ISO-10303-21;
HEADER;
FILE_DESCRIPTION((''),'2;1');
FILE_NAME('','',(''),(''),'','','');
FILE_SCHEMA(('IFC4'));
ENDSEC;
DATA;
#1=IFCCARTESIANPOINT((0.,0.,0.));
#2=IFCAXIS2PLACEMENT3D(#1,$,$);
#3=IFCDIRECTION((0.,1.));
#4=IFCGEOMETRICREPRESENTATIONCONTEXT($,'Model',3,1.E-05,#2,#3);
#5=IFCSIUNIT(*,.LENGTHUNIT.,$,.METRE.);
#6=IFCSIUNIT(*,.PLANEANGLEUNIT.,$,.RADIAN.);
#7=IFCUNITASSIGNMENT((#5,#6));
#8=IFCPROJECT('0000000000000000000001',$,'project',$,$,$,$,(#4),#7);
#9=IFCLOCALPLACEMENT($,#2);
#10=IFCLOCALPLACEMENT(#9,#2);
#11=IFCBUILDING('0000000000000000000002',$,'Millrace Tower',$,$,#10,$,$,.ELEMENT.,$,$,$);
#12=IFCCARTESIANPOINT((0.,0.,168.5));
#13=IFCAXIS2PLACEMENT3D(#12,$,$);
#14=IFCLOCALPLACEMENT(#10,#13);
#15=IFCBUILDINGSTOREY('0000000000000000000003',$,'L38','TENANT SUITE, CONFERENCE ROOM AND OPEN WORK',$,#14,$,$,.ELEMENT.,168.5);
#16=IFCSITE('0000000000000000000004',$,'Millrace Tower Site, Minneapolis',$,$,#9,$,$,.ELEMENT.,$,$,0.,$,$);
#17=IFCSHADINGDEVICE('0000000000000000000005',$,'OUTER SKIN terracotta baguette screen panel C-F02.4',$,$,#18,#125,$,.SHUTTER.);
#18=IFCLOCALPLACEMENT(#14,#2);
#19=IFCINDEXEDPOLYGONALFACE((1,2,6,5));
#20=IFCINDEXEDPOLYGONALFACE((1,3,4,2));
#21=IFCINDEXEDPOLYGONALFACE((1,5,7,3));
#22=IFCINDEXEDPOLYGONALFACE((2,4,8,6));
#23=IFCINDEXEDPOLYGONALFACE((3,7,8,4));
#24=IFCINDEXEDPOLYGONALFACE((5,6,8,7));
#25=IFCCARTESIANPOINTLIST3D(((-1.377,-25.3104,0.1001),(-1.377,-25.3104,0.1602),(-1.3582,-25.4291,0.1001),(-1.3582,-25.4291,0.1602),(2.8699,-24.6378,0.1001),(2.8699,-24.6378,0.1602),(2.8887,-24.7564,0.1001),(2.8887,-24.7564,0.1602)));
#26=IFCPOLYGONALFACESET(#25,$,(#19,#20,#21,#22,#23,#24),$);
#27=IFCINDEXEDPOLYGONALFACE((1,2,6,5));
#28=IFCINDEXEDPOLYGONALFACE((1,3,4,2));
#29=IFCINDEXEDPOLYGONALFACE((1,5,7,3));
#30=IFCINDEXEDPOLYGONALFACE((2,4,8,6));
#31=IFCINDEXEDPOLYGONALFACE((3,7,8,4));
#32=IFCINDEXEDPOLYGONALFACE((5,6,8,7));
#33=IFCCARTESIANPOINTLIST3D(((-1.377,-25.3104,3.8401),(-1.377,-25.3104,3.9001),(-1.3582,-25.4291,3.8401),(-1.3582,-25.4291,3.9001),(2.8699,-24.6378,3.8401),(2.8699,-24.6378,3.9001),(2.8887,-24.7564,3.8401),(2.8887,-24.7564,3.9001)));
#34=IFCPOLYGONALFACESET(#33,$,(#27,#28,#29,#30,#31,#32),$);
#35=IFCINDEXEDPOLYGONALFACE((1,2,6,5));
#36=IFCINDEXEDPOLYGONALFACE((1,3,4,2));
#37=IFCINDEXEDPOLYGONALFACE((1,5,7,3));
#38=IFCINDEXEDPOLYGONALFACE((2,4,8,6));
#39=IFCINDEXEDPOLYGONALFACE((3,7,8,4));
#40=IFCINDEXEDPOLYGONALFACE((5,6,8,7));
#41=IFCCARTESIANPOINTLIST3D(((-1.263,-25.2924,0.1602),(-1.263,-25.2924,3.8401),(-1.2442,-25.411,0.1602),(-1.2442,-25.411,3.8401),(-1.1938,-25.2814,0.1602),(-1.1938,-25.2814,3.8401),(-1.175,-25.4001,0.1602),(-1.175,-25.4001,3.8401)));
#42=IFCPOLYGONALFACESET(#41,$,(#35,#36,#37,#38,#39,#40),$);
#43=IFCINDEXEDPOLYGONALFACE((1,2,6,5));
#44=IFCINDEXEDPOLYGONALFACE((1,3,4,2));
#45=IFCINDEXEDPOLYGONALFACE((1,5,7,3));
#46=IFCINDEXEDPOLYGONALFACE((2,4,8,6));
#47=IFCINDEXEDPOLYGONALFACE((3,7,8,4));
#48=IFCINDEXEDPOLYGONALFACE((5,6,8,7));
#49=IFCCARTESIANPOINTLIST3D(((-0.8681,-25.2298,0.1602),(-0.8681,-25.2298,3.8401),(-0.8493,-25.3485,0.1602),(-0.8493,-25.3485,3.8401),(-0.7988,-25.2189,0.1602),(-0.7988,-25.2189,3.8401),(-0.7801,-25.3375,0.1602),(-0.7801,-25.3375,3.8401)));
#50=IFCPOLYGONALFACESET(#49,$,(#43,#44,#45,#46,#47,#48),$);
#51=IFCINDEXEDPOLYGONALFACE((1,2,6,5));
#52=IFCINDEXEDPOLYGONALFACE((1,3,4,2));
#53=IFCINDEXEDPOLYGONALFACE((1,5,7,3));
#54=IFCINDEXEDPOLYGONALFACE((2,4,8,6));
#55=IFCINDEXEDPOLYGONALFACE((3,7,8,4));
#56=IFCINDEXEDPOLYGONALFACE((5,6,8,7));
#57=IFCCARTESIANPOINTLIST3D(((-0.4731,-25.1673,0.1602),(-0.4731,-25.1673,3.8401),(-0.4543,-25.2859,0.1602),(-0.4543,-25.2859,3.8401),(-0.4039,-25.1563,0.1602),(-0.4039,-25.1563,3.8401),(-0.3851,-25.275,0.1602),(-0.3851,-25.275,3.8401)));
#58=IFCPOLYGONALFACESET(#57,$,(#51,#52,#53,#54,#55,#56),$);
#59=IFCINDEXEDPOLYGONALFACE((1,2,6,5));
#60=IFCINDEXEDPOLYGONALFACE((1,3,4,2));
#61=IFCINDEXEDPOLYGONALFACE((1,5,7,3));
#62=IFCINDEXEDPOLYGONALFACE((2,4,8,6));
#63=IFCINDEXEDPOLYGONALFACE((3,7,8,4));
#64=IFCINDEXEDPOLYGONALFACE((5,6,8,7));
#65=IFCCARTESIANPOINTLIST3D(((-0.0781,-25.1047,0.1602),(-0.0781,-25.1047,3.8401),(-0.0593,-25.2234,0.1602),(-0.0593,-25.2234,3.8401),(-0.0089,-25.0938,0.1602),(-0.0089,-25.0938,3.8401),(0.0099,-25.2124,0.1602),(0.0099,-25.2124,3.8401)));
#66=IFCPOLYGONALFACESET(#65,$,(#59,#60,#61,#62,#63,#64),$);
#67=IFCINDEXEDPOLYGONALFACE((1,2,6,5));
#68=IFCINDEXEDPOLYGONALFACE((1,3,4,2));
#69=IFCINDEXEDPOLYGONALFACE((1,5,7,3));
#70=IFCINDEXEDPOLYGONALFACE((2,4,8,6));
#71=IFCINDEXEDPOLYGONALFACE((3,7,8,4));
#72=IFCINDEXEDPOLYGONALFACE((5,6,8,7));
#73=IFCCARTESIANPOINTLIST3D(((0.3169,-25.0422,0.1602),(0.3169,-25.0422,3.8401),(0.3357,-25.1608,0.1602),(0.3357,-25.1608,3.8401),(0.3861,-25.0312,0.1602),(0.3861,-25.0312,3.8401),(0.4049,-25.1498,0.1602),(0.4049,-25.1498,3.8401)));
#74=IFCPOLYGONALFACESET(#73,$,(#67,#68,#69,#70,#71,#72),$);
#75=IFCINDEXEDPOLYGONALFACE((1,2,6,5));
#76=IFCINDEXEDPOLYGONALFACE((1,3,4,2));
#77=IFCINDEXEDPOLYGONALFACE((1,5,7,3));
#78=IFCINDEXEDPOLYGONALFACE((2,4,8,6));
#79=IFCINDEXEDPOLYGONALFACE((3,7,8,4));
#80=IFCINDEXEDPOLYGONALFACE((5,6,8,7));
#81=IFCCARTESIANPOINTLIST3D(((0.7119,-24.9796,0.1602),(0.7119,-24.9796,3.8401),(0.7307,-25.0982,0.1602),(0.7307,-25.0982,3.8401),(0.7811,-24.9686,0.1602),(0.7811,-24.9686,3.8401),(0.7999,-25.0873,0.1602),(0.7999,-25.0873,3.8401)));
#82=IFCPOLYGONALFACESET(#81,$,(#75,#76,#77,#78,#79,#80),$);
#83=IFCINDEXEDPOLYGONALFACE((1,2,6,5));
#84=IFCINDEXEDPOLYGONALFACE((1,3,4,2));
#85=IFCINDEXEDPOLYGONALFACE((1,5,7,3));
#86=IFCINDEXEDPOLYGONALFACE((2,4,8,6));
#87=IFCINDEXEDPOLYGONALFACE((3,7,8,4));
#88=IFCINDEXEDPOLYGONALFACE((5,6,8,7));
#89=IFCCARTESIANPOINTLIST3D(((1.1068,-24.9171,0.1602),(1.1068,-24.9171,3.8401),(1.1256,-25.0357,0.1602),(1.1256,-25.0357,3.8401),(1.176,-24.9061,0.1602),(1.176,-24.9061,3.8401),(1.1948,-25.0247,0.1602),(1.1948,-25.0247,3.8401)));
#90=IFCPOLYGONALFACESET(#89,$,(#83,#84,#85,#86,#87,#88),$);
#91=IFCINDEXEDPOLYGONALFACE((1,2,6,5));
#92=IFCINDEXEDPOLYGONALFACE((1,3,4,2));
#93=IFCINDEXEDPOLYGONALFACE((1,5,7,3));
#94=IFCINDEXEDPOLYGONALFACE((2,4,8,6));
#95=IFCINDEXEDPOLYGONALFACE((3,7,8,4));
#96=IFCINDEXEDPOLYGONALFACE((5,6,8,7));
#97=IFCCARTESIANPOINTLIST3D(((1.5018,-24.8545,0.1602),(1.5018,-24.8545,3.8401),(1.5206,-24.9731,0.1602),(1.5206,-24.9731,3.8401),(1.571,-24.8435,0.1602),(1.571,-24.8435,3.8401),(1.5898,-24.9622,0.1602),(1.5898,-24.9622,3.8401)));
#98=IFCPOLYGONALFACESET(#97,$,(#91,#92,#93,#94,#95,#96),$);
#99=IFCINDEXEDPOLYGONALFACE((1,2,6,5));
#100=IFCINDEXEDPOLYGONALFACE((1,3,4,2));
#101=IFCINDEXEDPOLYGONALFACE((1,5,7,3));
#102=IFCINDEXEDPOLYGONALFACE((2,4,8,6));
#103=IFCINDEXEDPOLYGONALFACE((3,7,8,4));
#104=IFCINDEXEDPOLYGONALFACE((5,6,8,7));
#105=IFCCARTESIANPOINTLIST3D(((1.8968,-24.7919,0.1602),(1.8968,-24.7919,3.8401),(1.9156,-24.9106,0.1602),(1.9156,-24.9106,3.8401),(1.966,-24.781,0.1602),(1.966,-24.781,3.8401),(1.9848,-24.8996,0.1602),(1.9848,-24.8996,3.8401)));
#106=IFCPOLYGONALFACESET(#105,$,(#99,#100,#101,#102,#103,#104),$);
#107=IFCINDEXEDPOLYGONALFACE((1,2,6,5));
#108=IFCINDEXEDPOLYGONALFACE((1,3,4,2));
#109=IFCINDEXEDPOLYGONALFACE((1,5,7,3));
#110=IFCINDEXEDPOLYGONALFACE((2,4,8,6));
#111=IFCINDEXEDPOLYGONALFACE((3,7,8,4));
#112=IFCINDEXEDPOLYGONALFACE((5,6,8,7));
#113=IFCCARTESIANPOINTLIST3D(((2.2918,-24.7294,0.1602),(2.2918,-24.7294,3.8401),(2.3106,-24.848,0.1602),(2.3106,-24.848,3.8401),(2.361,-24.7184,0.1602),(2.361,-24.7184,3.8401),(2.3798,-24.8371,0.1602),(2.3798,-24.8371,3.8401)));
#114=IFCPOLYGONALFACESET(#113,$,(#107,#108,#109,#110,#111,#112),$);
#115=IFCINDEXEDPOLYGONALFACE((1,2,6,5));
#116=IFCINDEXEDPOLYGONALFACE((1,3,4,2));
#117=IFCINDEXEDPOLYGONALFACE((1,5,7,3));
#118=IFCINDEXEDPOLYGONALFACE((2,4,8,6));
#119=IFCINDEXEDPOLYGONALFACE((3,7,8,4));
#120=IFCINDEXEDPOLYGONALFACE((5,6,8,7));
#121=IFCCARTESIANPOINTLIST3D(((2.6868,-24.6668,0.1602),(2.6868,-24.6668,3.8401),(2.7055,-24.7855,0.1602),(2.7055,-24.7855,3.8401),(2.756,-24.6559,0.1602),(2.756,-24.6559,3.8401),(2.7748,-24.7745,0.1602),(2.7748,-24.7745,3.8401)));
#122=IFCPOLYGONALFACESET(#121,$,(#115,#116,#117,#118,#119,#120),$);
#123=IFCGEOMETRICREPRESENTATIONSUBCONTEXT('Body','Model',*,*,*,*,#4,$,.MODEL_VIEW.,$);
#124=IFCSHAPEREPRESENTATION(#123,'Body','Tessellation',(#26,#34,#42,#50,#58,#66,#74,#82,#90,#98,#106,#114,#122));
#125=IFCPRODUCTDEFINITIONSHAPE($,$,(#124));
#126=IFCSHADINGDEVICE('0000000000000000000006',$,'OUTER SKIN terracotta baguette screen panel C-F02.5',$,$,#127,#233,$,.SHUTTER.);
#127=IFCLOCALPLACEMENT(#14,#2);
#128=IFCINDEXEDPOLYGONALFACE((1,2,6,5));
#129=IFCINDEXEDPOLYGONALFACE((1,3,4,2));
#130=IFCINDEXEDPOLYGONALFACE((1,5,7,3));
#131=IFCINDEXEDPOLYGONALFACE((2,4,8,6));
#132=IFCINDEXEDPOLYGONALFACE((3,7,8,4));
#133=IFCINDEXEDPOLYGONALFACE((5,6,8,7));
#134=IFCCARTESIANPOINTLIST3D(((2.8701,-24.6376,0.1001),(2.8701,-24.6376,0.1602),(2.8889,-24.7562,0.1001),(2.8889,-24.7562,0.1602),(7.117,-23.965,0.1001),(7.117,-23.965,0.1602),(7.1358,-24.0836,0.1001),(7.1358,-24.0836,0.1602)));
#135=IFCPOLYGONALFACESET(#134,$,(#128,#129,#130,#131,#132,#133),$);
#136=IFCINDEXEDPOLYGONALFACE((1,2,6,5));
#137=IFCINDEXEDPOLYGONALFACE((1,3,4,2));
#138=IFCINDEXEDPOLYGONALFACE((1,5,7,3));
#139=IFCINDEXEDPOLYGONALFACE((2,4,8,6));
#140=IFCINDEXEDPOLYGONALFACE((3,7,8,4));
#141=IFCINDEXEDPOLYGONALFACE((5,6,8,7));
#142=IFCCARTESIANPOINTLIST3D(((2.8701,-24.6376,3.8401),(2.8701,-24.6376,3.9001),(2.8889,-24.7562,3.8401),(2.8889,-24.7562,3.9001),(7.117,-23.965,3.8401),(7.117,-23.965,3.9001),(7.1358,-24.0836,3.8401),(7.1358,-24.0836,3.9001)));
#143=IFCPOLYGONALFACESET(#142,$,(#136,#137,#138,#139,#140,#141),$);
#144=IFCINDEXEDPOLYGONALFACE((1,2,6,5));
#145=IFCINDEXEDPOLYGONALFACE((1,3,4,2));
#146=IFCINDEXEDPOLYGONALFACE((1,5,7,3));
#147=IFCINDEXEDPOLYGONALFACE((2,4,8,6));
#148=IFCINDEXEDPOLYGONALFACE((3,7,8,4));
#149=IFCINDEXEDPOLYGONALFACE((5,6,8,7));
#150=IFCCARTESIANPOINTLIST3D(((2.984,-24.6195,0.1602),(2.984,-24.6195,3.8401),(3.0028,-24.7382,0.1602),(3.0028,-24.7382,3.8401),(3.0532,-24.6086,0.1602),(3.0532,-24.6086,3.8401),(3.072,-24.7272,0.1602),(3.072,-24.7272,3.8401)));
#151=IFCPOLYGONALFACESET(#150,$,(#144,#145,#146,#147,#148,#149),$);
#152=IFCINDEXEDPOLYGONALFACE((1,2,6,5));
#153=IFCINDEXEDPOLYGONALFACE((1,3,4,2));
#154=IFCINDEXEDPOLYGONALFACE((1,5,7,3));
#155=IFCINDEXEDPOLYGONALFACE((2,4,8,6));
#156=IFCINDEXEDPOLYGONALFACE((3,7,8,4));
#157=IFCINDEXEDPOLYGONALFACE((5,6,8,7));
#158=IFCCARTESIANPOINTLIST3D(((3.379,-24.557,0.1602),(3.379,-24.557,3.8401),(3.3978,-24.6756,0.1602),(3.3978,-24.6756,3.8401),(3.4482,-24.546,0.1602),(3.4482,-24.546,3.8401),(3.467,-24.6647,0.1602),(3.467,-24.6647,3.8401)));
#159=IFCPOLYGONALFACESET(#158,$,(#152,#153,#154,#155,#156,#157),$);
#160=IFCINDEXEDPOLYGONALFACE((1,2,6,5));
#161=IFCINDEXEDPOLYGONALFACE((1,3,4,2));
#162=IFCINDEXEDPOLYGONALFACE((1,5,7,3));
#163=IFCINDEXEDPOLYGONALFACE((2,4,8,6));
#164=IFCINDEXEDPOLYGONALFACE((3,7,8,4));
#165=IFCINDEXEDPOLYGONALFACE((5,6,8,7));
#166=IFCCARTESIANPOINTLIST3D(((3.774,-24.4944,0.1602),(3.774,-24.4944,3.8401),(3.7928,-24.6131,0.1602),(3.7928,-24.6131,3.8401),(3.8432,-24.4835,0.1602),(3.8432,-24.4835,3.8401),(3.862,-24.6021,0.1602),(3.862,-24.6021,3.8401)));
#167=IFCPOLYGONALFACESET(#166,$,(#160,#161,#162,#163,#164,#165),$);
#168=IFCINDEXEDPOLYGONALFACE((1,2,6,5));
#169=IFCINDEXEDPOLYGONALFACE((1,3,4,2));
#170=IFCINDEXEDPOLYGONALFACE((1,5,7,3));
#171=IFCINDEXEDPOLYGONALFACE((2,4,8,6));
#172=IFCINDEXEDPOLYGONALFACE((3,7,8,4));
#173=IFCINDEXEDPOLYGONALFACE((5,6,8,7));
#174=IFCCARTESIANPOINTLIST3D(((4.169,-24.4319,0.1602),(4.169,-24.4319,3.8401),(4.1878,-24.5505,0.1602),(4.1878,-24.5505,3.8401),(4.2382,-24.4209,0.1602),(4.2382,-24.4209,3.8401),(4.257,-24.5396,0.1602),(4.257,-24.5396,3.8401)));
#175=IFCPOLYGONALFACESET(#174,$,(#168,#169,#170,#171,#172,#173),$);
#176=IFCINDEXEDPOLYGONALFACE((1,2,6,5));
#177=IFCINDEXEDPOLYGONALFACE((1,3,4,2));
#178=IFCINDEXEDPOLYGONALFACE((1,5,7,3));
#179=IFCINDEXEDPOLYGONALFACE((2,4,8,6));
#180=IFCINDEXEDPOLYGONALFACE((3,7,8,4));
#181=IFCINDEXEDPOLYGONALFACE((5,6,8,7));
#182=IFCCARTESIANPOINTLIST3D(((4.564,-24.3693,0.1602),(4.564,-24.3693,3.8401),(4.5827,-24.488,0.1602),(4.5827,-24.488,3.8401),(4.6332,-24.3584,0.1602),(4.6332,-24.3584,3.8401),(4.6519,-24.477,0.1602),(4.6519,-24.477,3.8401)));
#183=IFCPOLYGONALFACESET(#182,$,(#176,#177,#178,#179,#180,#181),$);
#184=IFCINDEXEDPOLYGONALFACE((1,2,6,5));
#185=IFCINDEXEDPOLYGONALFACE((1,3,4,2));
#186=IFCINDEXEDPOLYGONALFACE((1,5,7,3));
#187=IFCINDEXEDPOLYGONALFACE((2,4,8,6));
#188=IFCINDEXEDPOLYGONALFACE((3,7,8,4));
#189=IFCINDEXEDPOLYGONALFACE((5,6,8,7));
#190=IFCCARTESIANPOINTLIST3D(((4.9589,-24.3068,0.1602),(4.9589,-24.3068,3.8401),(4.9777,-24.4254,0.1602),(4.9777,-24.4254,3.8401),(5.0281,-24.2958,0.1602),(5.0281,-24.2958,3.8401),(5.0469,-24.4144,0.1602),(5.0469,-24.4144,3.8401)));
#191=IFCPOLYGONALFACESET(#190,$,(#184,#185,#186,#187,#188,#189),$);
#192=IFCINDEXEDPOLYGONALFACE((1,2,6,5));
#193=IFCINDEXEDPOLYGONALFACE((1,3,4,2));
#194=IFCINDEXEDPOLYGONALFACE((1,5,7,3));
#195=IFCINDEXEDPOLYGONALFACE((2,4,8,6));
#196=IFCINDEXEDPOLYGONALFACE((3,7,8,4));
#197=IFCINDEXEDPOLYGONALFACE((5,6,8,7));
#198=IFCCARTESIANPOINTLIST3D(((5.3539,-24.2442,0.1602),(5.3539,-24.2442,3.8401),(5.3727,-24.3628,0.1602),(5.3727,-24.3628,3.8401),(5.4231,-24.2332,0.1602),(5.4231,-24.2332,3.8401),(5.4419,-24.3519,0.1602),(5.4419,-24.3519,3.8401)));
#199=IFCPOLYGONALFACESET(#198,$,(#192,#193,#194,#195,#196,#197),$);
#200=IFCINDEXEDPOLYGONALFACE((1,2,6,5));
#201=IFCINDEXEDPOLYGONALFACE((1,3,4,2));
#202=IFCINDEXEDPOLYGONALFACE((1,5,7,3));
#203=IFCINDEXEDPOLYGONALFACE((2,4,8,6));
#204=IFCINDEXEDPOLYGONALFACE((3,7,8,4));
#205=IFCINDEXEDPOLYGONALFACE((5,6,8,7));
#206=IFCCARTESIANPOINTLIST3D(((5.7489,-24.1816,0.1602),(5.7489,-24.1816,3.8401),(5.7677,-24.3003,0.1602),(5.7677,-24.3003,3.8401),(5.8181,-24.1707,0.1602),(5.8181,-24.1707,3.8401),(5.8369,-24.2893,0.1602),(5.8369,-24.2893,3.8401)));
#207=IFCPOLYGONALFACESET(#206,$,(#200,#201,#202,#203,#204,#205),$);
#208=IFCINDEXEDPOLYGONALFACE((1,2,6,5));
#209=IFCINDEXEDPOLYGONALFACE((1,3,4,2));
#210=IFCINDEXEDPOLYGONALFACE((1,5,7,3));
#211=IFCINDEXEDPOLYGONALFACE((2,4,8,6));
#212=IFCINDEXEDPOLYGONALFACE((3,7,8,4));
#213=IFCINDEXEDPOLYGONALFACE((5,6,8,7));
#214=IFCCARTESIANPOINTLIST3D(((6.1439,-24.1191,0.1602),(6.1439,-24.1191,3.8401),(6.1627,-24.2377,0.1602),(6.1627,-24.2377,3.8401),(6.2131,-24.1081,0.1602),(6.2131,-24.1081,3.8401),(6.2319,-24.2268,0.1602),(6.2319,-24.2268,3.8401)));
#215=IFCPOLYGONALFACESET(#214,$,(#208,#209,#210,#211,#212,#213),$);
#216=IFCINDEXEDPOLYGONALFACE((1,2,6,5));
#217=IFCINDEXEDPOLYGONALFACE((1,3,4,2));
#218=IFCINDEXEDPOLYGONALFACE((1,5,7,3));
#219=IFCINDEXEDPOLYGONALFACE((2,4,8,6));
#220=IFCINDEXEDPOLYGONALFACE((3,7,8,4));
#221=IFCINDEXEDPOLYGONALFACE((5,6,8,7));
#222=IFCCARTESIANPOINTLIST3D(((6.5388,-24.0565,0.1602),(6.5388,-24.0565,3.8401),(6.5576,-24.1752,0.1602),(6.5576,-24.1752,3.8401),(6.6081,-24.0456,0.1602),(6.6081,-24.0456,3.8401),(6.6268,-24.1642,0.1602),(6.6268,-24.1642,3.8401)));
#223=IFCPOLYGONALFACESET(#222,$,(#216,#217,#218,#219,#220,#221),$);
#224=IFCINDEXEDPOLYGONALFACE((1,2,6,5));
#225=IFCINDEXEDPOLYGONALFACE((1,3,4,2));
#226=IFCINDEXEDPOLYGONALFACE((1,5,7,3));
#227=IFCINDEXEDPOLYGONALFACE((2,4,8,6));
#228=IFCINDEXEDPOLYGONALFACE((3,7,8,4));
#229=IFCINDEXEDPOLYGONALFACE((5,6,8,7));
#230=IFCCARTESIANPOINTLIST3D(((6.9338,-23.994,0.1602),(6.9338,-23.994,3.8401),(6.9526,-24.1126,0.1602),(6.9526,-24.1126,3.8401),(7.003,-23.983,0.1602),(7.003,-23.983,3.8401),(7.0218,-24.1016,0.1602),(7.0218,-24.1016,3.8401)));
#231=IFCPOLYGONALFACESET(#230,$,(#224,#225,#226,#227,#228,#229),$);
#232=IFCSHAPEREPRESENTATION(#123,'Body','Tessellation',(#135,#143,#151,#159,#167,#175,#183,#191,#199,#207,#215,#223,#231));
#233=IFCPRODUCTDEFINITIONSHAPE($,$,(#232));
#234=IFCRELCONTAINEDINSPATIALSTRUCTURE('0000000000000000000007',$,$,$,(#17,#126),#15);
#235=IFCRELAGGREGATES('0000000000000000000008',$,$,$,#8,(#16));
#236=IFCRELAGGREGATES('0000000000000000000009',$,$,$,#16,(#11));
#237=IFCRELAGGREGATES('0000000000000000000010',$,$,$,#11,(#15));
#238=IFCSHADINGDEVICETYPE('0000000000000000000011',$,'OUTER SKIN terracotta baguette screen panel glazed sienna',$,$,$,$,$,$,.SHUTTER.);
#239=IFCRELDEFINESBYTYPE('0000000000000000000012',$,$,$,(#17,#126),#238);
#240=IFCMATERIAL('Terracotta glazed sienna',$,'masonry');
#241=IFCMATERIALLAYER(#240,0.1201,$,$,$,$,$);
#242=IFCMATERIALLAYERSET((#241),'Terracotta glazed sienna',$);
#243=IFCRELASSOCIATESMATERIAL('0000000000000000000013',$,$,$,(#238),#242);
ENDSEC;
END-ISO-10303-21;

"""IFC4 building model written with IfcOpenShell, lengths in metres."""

from ifc_helpers import new_model, entity, si_unit, direction, frame, frame_2d, origin, origin_2d, place, context, subcontext, project, spatial, rectangle, extrude, source, transform, mapped, material, layer, layer_set, type_object, element, save


model = new_model("IFC4")

# Units and contexts
model_context = context("Model", 3, precision=1e-05, world=origin(), true_north=direction((0.0, 1.0)))
body_context = subcontext(model_context, "Body", "Model", "MODEL_VIEW")
ifc_project = project(units=[si_unit("LENGTHUNIT", "METRE"), si_unit("PLANEANGLEUNIT", "RADIAN")], contexts=[model_context])

# Site, building, storey
site_placement = place(None, origin())
site = spatial("IfcSite", under=ifc_project, at=site_placement, Name="Millrace Tower Site, Minneapolis", CompositionType="ELEMENT", RefElevation=0.0)
building_placement = place(site_placement, origin())
building = spatial("IfcBuilding", under=site, at=building_placement, Name="Millrace Tower", CompositionType="ELEMENT")
storey_placement = place(building_placement, frame((0.0, 0.0, 168.5)))
storey = spatial("IfcBuildingStorey", under=building, at=storey_placement, Name="L38", Description="TENANT SUITE, CONFERENCE ROOM AND OPEN WORK", CompositionType="ELEMENT", Elevation=168.5)

# Shading devices
ifc_material_1 = material(Name="Terracotta glazed sienna", Category="masonry")
ifc_layer_1 = layer(ifc_material_1, 0.1201)
ifc_layer_set_1 = layer_set([ifc_layer_1], Name="Terracotta glazed sienna")
shading_device_type = type_object("IfcShadingDeviceType", Name="OUTER SKIN terracotta baguette screen panel glazed sienna", PredefinedType="SHUTTER", material=ifc_layer_set_1)
cartesian_point = entity("IfcCartesianPoint", [-2.1499, 0.0601])
shared_polyline = entity("IfcPolyline", [cartesian_point, entity("IfcCartesianPoint", [2.1499, 0.0601]), entity("IfcCartesianPoint", [2.1499, -0.0601]), entity("IfcCartesianPoint", [-2.1499, -0.0601]), cartesian_point])
shared_shape = source(origin(), body_context, "Body", "SweptSolid", [
    entity("IfcExtrudedAreaSolid", entity("IfcArbitraryClosedProfileDef", "AREA", None, shared_polyline), entity("IfcAxis2Placement3D", entity("IfcCartesianPoint", [0.0, 0.0, 0.0])), entity("IfcDirection", [0.0, 0.0, 1.0]), 0.0601),
    entity("IfcExtrudedAreaSolid", entity("IfcArbitraryClosedProfileDef", "AREA", None, shared_polyline), entity("IfcAxis2Placement3D", entity("IfcCartesianPoint", [0.0, 0.0, 3.74])), entity("IfcDirection", [0.0, 0.0, 1.0]), 0.0601),
    extrude(rectangle(XDim=0.0701, YDim=0.1201, at=frame_2d((-1.9995, 0.0))), frame((0.0, 0.0, 0.0601)), (0.0, 0.0, 1.0), 3.6799),
    extrude(rectangle(XDim=0.0701, YDim=0.1201, at=frame_2d((-1.5996, 0.0))), frame((0.0, 0.0, 0.0601)), (0.0, 0.0, 1.0), 3.6799),
    extrude(rectangle(XDim=0.0701, YDim=0.1201, at=frame_2d((-1.1997, 0.0))), frame((0.0, 0.0, 0.0601)), (0.0, 0.0, 1.0), 3.6799),
    extrude(rectangle(XDim=0.0701, YDim=0.1201, at=frame_2d((-0.7998, 0.0))), frame((0.0, 0.0, 0.0601)), (0.0, 0.0, 1.0), 3.6799),
    extrude(rectangle(XDim=0.0701, YDim=0.1201, at=frame_2d((-0.3999, 0.0))), frame((0.0, 0.0, 0.0601)), (0.0, 0.0, 1.0), 3.6799),
    extrude(rectangle(XDim=0.0701, YDim=0.1201, at=origin_2d()), frame((0.0, 0.0, 0.0601)), (0.0, 0.0, 1.0), 3.6799),
    extrude(rectangle(XDim=0.0701, YDim=0.1201, at=frame_2d((0.3999, 0.0))), frame((0.0, 0.0, 0.0601)), (0.0, 0.0, 1.0), 3.6799),
    extrude(rectangle(XDim=0.0701, YDim=0.1201, at=frame_2d((0.7998, 0.0))), frame((0.0, 0.0, 0.0601)), (0.0, 0.0, 1.0), 3.6799),
    extrude(rectangle(XDim=0.0701, YDim=0.1201, at=frame_2d((1.1997, 0.0))), frame((0.0, 0.0, 0.0601)), (0.0, 0.0, 1.0), 3.6799),
    extrude(rectangle(XDim=0.0701, YDim=0.1201, at=frame_2d((1.5996, 0.0))), frame((0.0, 0.0, 0.0601)), (0.0, 0.0, 1.0), 3.6799),
    extrude(rectangle(XDim=0.0701, YDim=0.1201, at=frame_2d((1.9995, 0.0))), frame((0.0, 0.0, 0.0601)), (0.0, 0.0, 1.0), 3.6799),
])
for number, where, z_axis, x_axis, name in (
    (1, (0.7559, -25.0334, 0.1001), (0.0, 0.0, 1.0), (0.987688, 0.156434, 0.0), "OUTER SKIN terracotta baguette screen panel C-F02.4"),
    (2, (5.0029, -24.3606, 0.1001), (0.0, 0.0, 1.0), (0.987688, 0.156434, 0.0), "OUTER SKIN terracotta baguette screen panel C-F02.5"),
):
    element("IfcShadingDevice", number, at=place(storey_placement, frame(where, z_axis=z_axis, x_axis=x_axis)), inside=storey, type_object=shading_device_type, Name=name, PredefinedType="SHUTTER", context=body_context, shape_type="MappedRepresentation", body=[
        mapped(shared_shape, transform((0.0, 0.0, 0.0), scale=1.0)),
    ])

save(model, "model.ifc")
